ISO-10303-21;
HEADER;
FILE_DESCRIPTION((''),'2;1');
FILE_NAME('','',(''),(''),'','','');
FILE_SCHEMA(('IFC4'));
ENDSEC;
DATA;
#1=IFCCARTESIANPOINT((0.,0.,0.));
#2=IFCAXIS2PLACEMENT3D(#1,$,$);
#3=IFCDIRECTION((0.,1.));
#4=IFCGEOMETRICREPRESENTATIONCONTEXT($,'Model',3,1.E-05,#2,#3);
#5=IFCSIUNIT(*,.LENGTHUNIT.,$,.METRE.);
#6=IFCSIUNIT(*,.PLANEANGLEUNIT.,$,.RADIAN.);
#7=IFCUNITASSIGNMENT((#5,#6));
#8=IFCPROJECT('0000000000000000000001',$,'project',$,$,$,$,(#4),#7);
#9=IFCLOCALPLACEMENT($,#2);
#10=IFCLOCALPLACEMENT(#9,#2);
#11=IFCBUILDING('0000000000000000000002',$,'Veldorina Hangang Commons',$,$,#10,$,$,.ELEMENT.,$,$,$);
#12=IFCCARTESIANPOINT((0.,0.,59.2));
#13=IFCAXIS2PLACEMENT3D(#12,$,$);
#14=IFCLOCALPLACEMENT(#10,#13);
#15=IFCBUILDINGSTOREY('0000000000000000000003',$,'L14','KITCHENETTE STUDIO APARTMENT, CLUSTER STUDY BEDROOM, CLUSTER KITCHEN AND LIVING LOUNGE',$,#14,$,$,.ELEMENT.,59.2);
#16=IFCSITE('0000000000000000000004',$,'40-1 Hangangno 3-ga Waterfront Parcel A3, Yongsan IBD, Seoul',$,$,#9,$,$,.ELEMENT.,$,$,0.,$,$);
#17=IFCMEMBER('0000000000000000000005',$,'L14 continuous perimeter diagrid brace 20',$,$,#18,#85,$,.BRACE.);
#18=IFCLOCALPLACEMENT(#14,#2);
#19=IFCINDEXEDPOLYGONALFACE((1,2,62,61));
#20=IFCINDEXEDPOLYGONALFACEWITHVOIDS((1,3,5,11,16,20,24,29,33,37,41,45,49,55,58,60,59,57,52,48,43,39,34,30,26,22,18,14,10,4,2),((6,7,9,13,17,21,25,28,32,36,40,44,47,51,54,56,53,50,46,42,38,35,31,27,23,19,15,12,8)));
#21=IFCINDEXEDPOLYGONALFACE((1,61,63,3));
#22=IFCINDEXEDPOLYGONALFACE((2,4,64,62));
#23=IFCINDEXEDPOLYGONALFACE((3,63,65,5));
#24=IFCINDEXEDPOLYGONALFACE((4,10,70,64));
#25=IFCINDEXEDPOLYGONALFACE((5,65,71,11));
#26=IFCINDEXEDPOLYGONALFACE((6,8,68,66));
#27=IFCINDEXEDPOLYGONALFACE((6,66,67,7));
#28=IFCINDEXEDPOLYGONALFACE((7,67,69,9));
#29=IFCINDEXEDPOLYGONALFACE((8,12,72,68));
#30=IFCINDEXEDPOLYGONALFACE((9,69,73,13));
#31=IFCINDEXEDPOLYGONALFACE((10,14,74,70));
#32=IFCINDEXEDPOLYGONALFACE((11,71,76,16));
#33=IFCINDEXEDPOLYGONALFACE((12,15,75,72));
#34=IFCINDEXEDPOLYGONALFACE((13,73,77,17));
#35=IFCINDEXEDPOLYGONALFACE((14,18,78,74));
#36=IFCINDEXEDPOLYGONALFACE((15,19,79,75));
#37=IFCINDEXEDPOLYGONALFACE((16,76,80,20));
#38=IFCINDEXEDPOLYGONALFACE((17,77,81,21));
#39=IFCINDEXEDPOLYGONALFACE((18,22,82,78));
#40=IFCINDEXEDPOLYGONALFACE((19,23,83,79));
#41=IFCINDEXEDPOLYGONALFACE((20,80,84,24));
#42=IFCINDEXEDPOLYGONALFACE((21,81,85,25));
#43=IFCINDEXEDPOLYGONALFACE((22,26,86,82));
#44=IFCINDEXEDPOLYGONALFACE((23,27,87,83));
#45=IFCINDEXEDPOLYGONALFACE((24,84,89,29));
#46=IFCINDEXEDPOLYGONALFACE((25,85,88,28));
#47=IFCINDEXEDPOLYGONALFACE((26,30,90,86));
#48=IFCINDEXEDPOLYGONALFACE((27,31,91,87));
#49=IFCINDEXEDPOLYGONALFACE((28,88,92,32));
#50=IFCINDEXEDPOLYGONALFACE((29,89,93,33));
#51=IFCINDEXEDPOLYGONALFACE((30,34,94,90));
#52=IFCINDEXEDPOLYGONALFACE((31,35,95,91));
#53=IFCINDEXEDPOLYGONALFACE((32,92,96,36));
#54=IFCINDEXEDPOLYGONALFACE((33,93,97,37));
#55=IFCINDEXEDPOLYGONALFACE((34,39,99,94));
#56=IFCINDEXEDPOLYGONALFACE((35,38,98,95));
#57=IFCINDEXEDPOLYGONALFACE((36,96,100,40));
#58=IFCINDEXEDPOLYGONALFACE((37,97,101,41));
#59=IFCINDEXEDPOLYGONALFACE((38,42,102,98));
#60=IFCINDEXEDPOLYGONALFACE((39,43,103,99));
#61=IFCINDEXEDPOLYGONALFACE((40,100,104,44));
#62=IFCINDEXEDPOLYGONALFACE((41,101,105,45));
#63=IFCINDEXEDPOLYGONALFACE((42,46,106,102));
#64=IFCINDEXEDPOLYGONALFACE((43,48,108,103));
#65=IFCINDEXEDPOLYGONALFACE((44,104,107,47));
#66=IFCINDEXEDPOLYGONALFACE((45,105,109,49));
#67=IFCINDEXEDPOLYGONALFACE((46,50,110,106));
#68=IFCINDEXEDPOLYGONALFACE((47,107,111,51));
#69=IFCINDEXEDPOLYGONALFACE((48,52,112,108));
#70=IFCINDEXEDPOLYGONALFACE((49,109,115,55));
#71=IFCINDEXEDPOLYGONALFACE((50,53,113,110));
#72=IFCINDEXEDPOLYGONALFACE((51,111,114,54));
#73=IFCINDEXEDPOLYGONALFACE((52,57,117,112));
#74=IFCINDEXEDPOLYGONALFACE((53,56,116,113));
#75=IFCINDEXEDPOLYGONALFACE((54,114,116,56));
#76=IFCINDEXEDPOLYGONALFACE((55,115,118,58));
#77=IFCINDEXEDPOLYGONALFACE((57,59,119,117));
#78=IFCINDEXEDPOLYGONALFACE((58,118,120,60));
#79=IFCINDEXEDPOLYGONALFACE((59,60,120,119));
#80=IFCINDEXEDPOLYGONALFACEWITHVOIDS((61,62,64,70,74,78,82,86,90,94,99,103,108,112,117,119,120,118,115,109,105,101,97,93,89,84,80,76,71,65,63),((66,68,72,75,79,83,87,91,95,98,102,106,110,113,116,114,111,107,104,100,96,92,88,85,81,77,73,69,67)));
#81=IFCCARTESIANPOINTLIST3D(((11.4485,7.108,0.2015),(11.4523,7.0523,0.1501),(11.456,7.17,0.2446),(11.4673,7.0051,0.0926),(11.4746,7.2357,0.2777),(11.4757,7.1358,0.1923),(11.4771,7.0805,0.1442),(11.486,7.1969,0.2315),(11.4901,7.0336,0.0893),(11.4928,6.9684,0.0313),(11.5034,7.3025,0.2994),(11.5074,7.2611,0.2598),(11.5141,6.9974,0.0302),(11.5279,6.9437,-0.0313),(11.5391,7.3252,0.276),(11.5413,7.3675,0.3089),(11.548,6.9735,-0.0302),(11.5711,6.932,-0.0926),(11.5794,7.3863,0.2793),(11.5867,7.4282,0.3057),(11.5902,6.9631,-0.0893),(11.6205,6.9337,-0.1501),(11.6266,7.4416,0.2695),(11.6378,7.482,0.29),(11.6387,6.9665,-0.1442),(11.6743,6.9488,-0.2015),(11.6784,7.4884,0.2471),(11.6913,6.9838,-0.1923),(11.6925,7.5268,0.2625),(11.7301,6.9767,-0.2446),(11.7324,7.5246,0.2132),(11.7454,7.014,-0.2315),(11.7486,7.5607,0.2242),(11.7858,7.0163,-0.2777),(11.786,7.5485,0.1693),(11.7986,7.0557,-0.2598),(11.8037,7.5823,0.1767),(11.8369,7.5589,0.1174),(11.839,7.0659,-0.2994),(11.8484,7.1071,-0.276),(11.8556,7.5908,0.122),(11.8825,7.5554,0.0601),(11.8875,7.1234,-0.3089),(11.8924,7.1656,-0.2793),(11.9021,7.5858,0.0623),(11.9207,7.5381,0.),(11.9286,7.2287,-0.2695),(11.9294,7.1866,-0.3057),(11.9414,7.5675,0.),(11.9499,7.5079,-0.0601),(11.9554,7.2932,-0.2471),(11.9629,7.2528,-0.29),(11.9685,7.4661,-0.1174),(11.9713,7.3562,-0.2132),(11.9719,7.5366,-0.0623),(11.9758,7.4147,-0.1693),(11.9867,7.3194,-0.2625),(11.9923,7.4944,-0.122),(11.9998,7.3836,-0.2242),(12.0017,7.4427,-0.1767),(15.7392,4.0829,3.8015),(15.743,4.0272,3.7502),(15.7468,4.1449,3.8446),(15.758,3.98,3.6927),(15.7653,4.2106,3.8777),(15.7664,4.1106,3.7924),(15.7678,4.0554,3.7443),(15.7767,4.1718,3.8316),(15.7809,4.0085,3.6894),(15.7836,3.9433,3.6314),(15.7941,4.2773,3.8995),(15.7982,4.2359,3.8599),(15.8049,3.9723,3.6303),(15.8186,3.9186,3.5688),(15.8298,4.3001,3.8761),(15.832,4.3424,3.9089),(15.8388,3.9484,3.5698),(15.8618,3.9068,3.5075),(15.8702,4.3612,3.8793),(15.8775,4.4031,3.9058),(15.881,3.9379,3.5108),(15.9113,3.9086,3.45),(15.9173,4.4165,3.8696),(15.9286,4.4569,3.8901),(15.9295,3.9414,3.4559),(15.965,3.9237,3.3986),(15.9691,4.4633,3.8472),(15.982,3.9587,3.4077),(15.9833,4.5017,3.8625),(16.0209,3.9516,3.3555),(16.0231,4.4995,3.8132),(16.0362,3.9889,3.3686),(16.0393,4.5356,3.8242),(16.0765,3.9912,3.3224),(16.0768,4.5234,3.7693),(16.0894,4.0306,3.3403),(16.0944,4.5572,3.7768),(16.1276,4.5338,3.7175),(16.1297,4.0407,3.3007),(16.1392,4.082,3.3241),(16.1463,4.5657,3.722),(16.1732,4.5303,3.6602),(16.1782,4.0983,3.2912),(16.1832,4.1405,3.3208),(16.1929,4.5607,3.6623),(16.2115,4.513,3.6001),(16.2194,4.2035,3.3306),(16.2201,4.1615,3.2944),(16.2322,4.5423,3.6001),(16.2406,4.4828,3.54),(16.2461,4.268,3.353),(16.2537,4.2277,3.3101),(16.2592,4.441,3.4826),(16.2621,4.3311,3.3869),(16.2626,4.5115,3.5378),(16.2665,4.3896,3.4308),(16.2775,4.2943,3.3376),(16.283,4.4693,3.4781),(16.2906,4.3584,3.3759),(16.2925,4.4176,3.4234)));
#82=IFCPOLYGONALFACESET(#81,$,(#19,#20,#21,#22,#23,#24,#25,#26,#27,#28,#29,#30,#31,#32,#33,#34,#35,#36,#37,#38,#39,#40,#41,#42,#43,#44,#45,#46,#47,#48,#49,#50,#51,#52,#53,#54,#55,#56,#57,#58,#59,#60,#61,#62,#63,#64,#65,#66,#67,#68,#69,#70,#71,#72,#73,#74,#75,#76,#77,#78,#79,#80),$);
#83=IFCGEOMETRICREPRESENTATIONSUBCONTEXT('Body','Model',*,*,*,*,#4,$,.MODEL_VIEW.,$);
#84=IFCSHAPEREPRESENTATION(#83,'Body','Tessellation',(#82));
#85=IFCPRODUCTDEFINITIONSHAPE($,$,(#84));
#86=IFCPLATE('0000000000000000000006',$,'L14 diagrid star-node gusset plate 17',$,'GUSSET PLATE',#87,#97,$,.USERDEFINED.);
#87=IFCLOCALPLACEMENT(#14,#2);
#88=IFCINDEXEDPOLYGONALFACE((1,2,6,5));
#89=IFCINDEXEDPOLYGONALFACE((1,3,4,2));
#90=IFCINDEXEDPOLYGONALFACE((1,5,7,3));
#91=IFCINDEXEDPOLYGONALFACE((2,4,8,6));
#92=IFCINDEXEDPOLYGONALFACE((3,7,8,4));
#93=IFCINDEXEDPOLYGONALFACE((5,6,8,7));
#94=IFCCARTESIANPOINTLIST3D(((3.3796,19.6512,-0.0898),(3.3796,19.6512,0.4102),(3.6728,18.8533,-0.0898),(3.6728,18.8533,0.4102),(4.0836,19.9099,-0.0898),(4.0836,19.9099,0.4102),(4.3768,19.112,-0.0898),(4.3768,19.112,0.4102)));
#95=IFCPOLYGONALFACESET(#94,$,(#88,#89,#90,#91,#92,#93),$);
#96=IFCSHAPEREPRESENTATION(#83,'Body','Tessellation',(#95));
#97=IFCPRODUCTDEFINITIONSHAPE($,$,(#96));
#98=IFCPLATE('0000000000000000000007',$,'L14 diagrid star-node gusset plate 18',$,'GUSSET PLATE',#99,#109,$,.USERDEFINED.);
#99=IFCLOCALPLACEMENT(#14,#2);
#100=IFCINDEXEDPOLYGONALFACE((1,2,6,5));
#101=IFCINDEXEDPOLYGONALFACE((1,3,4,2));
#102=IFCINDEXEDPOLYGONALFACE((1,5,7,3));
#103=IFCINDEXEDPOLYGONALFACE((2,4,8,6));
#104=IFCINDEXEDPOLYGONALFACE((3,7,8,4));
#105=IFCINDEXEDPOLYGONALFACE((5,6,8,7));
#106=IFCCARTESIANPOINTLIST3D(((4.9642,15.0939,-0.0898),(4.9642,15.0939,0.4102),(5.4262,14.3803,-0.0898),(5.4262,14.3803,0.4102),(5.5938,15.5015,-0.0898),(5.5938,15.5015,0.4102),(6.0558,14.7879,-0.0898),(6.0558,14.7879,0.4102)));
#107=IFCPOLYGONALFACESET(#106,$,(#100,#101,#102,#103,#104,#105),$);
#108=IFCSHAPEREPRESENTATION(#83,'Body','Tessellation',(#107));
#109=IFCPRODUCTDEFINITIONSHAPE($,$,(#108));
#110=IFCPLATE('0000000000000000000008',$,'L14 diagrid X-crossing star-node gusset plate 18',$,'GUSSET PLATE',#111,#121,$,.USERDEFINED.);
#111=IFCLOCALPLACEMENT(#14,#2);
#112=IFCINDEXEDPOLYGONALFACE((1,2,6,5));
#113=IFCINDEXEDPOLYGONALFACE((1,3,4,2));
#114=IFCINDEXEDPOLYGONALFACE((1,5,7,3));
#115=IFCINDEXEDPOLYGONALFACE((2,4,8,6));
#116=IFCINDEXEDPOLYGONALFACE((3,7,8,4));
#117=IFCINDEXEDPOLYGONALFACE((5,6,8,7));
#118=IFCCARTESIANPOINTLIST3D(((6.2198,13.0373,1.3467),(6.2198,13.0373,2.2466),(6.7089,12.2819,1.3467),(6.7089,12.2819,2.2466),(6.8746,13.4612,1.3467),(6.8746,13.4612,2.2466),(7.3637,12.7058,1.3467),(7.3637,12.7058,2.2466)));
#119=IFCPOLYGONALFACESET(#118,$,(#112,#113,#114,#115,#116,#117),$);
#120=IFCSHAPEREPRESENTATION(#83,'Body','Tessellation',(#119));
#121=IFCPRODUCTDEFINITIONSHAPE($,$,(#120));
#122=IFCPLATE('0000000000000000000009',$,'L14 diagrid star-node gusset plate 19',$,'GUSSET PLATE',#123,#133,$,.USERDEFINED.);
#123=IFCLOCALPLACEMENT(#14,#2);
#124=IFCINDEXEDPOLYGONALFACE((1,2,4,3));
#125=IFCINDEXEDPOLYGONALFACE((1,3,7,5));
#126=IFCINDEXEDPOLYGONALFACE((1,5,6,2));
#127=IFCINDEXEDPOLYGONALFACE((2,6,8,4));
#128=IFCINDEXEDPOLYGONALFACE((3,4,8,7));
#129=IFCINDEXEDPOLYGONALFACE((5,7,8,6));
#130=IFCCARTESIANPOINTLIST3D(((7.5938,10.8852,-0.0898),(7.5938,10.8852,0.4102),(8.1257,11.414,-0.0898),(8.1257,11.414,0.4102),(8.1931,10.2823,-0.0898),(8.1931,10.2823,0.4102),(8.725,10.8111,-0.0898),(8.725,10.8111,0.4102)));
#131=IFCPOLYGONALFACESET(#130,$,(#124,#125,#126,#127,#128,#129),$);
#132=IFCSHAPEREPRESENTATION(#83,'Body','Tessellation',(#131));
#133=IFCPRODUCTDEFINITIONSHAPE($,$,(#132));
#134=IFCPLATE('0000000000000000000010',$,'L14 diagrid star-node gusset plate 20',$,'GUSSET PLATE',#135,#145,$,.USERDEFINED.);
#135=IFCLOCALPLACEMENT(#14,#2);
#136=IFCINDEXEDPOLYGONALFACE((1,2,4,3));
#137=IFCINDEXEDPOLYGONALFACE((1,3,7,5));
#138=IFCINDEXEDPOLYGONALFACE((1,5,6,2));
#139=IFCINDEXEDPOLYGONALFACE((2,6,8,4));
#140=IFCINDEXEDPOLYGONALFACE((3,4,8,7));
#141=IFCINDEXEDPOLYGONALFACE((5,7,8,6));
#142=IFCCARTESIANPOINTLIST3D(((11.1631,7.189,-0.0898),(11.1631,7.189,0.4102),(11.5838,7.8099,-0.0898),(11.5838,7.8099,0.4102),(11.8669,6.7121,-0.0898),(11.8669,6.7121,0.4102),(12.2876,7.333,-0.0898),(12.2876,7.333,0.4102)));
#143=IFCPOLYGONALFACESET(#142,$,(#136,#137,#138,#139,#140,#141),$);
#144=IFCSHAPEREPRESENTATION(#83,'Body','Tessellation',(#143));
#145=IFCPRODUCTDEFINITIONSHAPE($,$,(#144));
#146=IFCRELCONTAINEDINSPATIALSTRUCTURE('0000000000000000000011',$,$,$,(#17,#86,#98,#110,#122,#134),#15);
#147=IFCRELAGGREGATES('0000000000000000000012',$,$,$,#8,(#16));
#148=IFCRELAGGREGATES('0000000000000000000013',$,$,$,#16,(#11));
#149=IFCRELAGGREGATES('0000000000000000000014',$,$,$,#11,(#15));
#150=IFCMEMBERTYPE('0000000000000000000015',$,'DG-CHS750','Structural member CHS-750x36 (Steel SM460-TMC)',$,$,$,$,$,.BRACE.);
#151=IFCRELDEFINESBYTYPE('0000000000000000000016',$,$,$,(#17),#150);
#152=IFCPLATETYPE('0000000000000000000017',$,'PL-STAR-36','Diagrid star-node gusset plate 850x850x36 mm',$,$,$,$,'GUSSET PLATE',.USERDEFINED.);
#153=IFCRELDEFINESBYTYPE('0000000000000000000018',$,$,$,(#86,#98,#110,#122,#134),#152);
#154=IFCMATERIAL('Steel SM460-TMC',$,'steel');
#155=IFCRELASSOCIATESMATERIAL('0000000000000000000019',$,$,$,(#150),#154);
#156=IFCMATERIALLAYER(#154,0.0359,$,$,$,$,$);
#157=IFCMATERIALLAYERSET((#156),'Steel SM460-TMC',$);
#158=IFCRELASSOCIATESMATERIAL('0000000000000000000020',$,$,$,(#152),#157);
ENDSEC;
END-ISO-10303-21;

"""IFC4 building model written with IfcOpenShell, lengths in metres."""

from ifc_helpers import new_model, si_unit, direction, frame, origin, origin_2d, place, context, subcontext, project, spatial, rectangle, hollow_circle, extrude, material, layer, layer_set, material_profile, profile_set, type_object, element, save


model = new_model("IFC4")

# Units and contexts
model_context = context("Model", 3, precision=1e-05, world=origin(), true_north=direction((0.0, 1.0)))
body_context = subcontext(model_context, "Body", "Model", "MODEL_VIEW")
ifc_project = project(units=[si_unit("LENGTHUNIT", "METRE"), si_unit("PLANEANGLEUNIT", "RADIAN")], contexts=[model_context])

# Site, building, storey
site_placement = place(None, origin())
site = spatial("IfcSite", under=ifc_project, at=site_placement, Name="40-1 Hangangno 3-ga Waterfront Parcel A3, Yongsan IBD, Seoul", CompositionType="ELEMENT", RefElevation=0.0)
building_placement = place(site_placement, origin())
building = spatial("IfcBuilding", under=site, at=building_placement, Name="Veldorina Hangang Commons", CompositionType="ELEMENT")
storey_placement = place(building_placement, frame((0.0, 0.0, 59.2)))
storey = spatial("IfcBuildingStorey", under=building, at=storey_placement, Name="L14", Description="KITCHENETTE STUDIO APARTMENT, CLUSTER STUDY BEDROOM, CLUSTER KITCHEN AND LIVING LOUNGE", CompositionType="ELEMENT", Elevation=59.2)

# Shared definitions
ifc_material_1 = material(Name="Steel SM460-TMC", Category="steel")

# Member
ifc_material_profile_1 = material_profile(ifc_material_1, hollow_circle(Radius=0.375, WallThickness=0.0359, at=origin_2d()), Name="CHS-750x36")
ifc_profile_set_1 = profile_set([ifc_material_profile_1], Name="Steel SM460-TMC")
member_type = type_object("IfcMemberType", Name="DG-CHS750", Description="Structural member CHS-750x36 (Steel SM460-TMC)", PredefinedType="BRACE", material=ifc_profile_set_1)
member_1_placement = place(storey_placement, frame((11.7253, 7.261, 0.0), z_axis=(0.674039, -0.475221, 0.565541), x_axis=(0.576221, 0.817294, 0.0)))
element("IfcMember", 1, at=member_1_placement, inside=storey, type_object=member_type, Name="L14 continuous perimeter diagrid brace 20", PredefinedType="BRACE", context=body_context, shape_type="SweptSolid", body=[
    extrude(hollow_circle(Radius=0.375, WallThickness=0.0359, at=origin_2d()), origin(), (0.0, 0.0, 1.0), 6.3657),
])

# Plates
ifc_layer_1 = layer(ifc_material_1, 0.0359)
ifc_layer_set_1 = layer_set([ifc_layer_1], Name="Steel SM460-TMC")
plate_type = type_object("IfcPlateType", Name="PL-STAR-36", Description="Diagrid star-node gusset plate 850x850x36 mm", ElementType="GUSSET PLATE", PredefinedType="USERDEFINED", material=ifc_layer_set_1)
for number, where, z_axis, x_axis, name in (
    (2, (3.8782, 19.3816, -0.0898), (0.0, 0.0, 1.0), (0.344889, -0.938644, 0.0), "L14 diagrid star-node gusset plate 17"),
    (3, (5.51, 14.9409, -0.0898), (0.0, 0.0, 1.0), (0.543467, -0.83943, 0.0), "L14 diagrid star-node gusset plate 18"),
):
    element("IfcPlate", number, at=place(storey_placement, frame(where, z_axis=z_axis, x_axis=x_axis)), inside=storey, type_object=plate_type, Name=name, ObjectType="GUSSET PLATE", PredefinedType="USERDEFINED", context=body_context, shape_type="SweptSolid", body=[
        extrude(rectangle(XDim=0.8501, YDim=0.75, at=origin_2d()), origin(), (0.0, 0.0, 1.0), 0.5),
    ])
plate_placement = place(storey_placement, frame((6.7917, 12.8716, 1.3467), z_axis=(0.0, 0.0, 1.0), x_axis=(0.543467, -0.83943, 0.0)))
element("IfcPlate", 4, at=plate_placement, inside=storey, type_object=plate_type, Name="L14 diagrid X-crossing star-node gusset plate 18", ObjectType="GUSSET PLATE", PredefinedType="USERDEFINED", context=body_context, shape_type="SweptSolid", body=[
    extrude(rectangle(XDim=0.8999, YDim=0.78, at=origin_2d()), origin(), (0.0, 0.0, 1.0), 0.8999),
])
for number, where, z_axis, x_axis, name in (
    (5, (8.1594, 10.8481, -0.0898), (0.0, 0.0, 1.0), (0.704981, -0.709226, 0.0), "L14 diagrid star-node gusset plate 19"),
    (6, (11.7253, 7.261, -0.0898), (0.0, 0.0, 1.0), (0.827865, -0.560928, 0.0), "L14 diagrid star-node gusset plate 20"),
):
    element("IfcPlate", number, at=place(storey_placement, frame(where, z_axis=z_axis, x_axis=x_axis)), inside=storey, type_object=plate_type, Name=name, ObjectType="GUSSET PLATE", PredefinedType="USERDEFINED", context=body_context, shape_type="SweptSolid", body=[
        extrude(rectangle(XDim=0.8501, YDim=0.75, at=origin_2d()), origin(), (0.0, 0.0, 1.0), 0.5),
    ])

save(model, "model.ifc")
